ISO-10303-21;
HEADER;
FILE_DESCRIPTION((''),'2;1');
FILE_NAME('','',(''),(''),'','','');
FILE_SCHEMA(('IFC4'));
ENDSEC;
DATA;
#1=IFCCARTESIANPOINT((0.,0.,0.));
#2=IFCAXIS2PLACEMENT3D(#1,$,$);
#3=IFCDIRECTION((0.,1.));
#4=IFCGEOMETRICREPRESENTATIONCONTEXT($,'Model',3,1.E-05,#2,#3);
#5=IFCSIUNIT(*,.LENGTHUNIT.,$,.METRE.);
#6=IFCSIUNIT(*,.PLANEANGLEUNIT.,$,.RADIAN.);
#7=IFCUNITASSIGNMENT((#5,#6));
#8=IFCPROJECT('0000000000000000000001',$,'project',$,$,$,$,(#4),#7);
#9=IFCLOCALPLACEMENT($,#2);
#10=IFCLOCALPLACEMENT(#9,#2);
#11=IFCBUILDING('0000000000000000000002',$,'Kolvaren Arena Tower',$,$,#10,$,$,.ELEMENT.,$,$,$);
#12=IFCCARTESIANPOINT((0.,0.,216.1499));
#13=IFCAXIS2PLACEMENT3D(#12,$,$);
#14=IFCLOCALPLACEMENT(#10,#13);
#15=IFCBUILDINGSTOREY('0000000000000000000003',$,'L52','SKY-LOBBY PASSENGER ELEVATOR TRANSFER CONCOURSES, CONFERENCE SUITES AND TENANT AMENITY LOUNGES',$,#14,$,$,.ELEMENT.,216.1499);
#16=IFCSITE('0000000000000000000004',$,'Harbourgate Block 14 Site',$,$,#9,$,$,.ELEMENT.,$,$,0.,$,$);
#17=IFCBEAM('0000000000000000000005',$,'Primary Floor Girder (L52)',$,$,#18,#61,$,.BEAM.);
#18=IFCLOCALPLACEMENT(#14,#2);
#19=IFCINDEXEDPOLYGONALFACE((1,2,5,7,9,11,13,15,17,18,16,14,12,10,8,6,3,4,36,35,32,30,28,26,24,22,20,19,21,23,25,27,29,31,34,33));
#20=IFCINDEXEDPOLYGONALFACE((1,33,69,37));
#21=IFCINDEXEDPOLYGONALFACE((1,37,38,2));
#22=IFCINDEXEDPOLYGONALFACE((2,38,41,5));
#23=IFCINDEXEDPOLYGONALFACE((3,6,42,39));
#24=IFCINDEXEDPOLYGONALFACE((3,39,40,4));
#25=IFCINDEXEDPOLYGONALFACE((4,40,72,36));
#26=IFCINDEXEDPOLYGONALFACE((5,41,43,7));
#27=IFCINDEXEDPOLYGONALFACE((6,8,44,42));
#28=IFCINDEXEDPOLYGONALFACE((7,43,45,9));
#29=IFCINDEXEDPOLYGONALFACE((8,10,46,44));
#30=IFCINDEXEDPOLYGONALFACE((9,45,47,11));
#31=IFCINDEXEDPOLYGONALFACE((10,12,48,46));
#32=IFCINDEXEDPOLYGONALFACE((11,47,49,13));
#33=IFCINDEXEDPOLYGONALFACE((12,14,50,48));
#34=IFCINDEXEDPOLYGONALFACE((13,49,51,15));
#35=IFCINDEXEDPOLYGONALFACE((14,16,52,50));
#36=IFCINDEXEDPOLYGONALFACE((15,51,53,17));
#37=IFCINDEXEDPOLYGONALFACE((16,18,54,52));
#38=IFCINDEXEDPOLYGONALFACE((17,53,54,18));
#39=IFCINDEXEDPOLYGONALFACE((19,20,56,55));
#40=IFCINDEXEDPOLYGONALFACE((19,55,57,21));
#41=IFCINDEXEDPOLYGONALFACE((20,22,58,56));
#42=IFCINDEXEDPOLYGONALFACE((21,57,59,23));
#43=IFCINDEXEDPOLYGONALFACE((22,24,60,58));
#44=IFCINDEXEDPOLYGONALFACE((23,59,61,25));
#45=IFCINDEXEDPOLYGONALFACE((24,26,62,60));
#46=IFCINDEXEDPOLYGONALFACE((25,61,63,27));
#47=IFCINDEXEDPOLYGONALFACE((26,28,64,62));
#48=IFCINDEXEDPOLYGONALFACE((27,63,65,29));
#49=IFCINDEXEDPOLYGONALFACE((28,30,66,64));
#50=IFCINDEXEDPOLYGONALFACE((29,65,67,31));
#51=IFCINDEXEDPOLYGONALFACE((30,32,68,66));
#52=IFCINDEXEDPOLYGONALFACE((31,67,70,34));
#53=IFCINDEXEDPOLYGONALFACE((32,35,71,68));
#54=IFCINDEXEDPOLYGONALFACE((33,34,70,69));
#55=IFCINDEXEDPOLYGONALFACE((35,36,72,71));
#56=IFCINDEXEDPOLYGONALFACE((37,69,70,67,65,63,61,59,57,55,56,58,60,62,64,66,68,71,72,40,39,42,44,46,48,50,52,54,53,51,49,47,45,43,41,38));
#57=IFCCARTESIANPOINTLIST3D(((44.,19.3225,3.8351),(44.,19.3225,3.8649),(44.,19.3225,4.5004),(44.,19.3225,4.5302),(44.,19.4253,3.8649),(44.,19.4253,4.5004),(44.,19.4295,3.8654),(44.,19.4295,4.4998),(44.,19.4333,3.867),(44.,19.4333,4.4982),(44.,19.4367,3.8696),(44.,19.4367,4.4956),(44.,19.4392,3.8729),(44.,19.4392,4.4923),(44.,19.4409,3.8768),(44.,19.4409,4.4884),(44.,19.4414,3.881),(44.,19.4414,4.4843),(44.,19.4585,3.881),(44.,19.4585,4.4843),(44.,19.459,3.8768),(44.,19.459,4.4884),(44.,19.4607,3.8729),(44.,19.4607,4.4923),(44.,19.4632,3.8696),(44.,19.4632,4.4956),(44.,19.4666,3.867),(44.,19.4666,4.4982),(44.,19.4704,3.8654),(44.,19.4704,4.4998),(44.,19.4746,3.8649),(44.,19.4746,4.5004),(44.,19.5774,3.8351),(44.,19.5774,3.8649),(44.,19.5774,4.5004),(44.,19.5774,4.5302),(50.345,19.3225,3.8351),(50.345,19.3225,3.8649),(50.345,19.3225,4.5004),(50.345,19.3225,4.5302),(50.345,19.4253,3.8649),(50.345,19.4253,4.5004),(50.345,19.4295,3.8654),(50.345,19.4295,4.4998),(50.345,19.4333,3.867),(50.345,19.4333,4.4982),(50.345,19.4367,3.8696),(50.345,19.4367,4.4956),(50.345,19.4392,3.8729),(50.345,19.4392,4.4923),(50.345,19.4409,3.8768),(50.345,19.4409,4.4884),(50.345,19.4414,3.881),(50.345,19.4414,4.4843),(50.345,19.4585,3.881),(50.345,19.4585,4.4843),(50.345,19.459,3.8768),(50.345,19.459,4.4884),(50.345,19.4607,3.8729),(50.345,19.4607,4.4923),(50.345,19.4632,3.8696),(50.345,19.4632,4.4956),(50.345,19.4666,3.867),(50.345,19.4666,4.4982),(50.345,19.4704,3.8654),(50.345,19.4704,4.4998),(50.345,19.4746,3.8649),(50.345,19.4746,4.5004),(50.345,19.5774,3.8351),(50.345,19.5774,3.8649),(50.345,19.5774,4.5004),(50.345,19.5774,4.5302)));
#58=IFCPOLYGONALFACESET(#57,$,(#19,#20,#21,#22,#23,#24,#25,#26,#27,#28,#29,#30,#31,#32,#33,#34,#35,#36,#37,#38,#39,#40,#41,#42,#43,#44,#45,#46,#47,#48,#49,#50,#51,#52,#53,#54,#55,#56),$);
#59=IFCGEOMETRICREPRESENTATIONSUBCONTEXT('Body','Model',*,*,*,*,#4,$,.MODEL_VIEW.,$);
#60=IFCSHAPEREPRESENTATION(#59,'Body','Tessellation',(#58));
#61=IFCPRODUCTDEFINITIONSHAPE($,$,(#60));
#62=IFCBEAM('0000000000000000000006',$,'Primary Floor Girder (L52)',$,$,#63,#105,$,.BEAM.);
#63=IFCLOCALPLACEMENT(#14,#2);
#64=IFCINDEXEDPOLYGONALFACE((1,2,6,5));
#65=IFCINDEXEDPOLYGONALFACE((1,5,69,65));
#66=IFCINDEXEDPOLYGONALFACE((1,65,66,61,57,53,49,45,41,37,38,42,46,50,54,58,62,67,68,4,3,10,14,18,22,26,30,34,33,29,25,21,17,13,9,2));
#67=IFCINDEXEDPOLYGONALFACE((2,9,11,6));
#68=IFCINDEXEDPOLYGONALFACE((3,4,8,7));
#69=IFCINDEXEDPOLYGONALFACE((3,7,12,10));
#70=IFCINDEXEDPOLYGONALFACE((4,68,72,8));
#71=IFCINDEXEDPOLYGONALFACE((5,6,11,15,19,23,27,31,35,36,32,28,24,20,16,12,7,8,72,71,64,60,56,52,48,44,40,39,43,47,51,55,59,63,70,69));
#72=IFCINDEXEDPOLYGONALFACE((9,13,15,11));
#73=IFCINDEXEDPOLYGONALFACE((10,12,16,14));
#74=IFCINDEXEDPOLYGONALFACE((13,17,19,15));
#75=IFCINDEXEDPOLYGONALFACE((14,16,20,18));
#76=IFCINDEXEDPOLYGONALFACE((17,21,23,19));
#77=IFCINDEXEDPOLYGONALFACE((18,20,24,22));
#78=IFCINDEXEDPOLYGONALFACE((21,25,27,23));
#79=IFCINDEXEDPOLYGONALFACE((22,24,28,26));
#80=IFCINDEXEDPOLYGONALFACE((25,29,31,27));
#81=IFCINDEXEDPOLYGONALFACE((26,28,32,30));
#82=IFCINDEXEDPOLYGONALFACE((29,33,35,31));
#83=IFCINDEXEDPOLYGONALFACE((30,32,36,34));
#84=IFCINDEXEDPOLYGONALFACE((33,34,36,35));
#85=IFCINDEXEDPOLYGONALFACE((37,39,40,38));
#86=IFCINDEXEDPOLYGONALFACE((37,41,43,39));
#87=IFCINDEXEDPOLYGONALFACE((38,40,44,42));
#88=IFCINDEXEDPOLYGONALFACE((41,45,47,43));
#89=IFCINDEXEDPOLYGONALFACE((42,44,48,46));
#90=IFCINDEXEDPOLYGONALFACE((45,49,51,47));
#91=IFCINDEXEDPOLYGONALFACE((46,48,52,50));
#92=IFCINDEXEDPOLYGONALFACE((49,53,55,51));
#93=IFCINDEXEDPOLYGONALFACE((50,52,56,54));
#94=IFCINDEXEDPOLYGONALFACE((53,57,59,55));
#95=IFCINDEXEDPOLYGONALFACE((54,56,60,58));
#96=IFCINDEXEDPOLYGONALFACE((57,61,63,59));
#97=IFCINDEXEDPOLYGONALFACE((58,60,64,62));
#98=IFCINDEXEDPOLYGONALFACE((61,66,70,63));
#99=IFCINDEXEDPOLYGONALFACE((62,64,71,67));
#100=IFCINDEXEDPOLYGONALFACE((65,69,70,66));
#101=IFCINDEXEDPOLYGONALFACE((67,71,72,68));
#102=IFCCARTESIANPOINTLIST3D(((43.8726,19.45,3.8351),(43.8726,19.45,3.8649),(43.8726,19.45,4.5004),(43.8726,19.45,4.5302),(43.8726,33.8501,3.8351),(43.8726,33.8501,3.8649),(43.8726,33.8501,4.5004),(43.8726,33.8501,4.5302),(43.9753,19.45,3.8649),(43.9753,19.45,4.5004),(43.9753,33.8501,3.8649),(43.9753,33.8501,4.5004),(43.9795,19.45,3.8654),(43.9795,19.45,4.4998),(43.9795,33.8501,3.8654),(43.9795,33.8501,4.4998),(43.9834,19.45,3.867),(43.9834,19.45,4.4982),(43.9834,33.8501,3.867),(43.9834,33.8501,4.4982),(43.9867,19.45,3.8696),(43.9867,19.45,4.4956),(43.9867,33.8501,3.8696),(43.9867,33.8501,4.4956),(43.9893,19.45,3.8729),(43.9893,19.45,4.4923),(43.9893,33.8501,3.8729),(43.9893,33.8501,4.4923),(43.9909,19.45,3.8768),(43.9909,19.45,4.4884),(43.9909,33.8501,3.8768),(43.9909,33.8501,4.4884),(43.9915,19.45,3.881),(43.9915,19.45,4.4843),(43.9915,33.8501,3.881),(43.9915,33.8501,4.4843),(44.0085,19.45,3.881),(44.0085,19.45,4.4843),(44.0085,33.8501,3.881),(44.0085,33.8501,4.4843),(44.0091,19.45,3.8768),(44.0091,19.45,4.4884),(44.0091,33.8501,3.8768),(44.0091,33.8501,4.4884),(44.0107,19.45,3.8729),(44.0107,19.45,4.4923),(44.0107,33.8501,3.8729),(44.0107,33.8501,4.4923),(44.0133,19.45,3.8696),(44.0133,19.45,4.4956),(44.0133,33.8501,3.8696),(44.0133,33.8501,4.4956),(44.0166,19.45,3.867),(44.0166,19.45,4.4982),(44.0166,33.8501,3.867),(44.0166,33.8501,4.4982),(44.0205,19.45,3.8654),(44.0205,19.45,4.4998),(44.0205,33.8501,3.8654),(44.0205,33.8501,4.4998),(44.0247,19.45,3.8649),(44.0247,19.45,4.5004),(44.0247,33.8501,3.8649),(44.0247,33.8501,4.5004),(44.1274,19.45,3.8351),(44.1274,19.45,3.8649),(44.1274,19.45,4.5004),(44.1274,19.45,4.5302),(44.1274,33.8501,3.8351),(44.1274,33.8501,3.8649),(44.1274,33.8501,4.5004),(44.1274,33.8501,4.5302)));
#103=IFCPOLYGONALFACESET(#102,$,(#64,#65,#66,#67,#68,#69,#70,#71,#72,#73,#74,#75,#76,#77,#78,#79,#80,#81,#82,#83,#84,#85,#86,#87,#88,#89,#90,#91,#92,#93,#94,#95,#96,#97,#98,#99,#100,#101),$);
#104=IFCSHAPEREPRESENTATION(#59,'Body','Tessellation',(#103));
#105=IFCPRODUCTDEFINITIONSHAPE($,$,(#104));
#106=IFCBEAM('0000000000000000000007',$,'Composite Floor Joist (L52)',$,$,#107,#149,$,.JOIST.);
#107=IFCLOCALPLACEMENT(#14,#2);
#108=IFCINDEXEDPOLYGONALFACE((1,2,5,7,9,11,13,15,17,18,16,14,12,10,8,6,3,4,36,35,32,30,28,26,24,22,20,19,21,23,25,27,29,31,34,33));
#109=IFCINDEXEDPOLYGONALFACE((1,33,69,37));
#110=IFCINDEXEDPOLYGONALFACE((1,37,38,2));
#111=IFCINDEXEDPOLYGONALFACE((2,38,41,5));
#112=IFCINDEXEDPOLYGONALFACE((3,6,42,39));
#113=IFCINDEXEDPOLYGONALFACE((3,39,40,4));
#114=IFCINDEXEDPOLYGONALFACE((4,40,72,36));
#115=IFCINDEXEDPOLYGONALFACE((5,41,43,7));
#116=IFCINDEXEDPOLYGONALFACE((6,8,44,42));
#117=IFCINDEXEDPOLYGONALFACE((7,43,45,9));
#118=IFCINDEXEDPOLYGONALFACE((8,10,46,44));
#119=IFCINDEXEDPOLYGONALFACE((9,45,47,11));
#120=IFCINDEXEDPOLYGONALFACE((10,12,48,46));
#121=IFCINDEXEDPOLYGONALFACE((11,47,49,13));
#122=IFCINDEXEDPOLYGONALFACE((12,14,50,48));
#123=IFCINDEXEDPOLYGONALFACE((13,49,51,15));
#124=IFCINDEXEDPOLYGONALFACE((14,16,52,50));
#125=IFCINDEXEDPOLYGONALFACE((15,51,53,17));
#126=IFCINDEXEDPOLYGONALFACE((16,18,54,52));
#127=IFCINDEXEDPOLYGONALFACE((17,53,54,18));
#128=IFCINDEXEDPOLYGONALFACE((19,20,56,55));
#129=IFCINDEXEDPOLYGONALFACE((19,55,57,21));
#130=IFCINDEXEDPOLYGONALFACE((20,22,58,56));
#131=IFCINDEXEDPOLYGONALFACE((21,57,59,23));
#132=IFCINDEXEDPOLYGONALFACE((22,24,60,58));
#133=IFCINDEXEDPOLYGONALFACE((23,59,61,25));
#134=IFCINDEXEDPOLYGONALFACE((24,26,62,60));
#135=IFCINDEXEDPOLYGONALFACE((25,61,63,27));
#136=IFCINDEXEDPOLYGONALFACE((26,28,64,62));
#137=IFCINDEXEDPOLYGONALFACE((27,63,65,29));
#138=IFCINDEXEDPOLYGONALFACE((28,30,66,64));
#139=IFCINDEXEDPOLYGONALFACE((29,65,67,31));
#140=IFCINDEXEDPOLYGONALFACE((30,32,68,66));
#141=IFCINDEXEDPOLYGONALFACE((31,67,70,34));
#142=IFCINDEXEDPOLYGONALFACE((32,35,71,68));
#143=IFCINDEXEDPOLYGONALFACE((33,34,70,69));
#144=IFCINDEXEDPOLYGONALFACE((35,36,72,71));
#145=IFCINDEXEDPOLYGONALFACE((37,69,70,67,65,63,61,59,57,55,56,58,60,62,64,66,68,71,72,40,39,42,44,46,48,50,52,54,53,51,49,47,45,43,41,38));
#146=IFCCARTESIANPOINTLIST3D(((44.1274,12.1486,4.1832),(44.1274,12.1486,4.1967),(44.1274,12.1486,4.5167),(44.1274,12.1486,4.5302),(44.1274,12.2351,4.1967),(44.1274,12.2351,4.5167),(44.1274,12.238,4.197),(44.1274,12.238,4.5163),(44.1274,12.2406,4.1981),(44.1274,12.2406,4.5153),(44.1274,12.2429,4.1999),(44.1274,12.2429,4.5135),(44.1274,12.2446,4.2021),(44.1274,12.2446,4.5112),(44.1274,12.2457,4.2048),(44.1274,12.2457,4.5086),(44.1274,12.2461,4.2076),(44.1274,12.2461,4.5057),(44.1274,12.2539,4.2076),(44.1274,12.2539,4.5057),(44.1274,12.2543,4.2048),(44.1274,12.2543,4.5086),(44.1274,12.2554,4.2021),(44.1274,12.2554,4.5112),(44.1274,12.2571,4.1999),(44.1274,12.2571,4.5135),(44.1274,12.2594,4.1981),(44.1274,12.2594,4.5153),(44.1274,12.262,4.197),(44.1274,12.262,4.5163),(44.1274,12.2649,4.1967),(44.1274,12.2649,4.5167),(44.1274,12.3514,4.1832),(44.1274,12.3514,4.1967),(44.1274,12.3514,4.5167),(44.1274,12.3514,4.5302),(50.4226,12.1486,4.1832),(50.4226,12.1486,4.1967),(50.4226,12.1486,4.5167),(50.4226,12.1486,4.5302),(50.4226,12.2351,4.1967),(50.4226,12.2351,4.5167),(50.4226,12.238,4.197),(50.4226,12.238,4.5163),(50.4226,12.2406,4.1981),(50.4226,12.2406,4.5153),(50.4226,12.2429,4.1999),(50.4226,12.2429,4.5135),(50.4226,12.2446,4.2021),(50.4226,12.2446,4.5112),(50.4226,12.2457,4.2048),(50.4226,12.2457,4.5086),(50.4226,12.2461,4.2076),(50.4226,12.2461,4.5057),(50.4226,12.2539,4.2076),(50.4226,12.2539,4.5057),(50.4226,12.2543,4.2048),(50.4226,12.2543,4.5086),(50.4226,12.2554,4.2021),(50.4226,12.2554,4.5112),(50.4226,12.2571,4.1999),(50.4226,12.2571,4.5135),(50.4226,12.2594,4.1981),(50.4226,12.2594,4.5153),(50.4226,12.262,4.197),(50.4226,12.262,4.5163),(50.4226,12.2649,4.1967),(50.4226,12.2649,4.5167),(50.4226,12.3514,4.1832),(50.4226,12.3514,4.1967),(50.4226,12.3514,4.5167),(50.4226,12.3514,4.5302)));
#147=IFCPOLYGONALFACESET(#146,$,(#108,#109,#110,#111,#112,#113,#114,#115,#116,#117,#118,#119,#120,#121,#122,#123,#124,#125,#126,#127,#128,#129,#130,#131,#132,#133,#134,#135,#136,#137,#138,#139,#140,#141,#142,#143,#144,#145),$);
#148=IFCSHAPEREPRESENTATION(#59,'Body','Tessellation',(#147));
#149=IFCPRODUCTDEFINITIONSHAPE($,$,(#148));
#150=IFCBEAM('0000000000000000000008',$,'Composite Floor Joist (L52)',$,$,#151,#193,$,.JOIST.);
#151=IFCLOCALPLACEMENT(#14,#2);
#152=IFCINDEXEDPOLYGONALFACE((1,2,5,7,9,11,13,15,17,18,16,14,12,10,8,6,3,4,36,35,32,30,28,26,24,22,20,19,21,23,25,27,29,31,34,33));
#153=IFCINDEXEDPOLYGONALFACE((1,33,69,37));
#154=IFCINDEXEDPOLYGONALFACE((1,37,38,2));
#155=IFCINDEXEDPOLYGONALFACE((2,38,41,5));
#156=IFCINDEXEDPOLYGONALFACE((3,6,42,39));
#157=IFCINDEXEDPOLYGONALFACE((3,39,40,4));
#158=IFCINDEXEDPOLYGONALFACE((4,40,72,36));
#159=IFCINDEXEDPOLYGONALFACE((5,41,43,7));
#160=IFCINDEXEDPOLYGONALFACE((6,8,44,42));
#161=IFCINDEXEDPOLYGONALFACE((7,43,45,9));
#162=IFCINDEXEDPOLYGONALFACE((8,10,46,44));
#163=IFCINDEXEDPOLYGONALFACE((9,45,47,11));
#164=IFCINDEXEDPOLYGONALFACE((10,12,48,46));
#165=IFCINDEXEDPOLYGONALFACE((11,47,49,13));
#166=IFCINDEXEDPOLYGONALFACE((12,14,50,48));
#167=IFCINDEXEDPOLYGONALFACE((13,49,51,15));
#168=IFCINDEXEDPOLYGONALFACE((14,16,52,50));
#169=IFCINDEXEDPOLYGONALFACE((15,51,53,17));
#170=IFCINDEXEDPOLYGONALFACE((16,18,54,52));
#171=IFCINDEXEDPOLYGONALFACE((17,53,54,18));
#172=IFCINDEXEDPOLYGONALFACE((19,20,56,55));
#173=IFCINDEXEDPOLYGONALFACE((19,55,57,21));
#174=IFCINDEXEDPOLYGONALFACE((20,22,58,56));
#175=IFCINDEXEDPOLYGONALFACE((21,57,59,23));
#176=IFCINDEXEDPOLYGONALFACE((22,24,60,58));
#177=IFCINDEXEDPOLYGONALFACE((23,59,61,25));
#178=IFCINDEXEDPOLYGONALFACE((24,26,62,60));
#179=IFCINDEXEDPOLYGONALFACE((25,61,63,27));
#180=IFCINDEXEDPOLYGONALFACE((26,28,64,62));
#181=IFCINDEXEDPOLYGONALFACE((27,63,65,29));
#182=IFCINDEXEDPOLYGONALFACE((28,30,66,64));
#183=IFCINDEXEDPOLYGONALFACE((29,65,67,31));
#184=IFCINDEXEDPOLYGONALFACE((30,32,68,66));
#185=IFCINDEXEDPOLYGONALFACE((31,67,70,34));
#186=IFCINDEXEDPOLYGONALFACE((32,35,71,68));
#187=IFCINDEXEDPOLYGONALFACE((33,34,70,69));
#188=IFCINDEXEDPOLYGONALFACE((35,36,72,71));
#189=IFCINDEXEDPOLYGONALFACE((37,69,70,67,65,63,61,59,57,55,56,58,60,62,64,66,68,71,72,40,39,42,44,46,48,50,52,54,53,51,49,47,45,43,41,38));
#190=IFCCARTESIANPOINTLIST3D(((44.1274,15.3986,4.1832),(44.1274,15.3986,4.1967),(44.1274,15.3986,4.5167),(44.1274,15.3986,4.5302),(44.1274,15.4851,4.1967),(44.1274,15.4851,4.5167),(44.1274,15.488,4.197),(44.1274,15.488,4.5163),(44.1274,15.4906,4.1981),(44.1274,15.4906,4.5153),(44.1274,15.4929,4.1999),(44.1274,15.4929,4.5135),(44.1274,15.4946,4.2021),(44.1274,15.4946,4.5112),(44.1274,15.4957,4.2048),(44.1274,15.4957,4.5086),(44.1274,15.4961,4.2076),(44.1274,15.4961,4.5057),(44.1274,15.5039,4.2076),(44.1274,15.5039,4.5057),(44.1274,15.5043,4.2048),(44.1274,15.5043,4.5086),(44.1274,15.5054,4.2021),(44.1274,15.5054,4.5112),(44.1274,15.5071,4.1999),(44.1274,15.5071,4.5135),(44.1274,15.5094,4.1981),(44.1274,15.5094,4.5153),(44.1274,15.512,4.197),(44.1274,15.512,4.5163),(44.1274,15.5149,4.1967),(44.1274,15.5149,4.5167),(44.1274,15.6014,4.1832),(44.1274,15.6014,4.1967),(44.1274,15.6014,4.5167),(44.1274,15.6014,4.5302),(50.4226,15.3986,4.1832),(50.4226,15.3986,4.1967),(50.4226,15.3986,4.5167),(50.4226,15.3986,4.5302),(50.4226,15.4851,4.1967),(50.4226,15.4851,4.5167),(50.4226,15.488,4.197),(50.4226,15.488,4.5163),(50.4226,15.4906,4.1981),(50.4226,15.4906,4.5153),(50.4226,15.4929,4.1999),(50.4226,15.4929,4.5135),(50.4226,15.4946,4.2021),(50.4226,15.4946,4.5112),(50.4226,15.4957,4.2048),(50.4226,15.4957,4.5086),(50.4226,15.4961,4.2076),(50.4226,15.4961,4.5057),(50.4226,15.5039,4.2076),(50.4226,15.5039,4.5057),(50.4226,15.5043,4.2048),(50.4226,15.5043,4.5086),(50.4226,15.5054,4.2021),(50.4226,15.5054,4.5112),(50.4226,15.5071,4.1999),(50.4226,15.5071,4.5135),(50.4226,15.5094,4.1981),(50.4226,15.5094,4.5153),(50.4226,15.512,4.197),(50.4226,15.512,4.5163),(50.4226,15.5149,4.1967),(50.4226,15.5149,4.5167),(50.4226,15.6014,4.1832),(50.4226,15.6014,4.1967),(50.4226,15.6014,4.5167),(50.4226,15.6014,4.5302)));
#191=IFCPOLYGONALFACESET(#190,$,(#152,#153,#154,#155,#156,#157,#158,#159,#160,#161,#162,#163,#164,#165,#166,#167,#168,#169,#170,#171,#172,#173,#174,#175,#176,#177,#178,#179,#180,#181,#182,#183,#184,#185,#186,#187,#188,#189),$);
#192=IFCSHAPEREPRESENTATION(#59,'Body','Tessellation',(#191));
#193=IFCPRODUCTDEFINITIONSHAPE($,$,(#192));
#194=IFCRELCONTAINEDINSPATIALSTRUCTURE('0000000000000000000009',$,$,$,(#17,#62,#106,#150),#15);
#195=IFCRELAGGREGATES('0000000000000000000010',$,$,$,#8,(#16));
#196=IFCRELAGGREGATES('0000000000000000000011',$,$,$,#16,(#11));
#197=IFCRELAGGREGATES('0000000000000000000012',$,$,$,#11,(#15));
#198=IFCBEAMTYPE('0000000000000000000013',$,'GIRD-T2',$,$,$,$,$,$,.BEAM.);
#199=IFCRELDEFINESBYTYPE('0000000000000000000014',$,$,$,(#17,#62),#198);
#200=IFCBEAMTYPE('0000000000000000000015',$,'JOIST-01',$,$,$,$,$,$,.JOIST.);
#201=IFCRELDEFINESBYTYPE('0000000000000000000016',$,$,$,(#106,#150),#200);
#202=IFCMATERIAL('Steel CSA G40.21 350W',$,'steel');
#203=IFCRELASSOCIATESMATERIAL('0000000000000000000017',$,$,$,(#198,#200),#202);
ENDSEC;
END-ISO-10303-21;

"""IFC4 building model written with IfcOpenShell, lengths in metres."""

from ifc_helpers import new_model, si_unit, direction, frame, origin, origin_2d, place, context, subcontext, project, spatial, i_section, extrude, material, material_profile, profile_set, type_object, element, save


model = new_model("IFC4")

# Units and contexts
model_context = context("Model", 3, precision=1e-05, world=origin(), true_north=direction((0.0, 1.0)))
body_context = subcontext(model_context, "Body", "Model", "MODEL_VIEW")
ifc_project = project(units=[si_unit("LENGTHUNIT", "METRE"), si_unit("PLANEANGLEUNIT", "RADIAN")], contexts=[model_context])

# Site, building, storey
site_placement = place(None, origin())
site = spatial("IfcSite", under=ifc_project, at=site_placement, Name="Harbourgate Block 14 Site", CompositionType="ELEMENT", RefElevation=0.0)
building_placement = place(site_placement, origin())
building = spatial("IfcBuilding", under=site, at=building_placement, Name="Kolvaren Arena Tower", CompositionType="ELEMENT")
storey_placement = place(building_placement, frame((0.0, 0.0, 216.1499)))
storey = spatial("IfcBuildingStorey", under=building, at=storey_placement, Name="L52", Description="SKY-LOBBY PASSENGER ELEVATOR TRANSFER CONCOURSES, CONFERENCE SUITES AND TENANT AMENITY LOUNGES", CompositionType="ELEMENT", Elevation=216.1499)

# Beams
ifc_material_1 = material(Name="Steel CSA G40.21 350W", Category="steel")
ifc_material_profile_1 = material_profile(ifc_material_1, i_section(OverallWidth=0.2549, OverallDepth=0.6951, WebThickness=0.0171, FlangeThickness=0.0298, FilletRadius=0.0161, at=origin_2d()), Name="W690x217")
ifc_profile_set_1 = profile_set([ifc_material_profile_1], Name="Steel CSA G40.21 350W")
beam_type_1 = type_object("IfcBeamType", Name="GIRD-T2", PredefinedType="BEAM", material=ifc_profile_set_1)
beam_1_placement = place(storey_placement, frame((44.0, 19.45, 4.1826), z_axis=(1.0, 0.0, 0.0), x_axis=(0.0, 1.0, 0.0)))
element("IfcBeam", 1, at=beam_1_placement, inside=storey, type_object=beam_type_1, Name="Primary Floor Girder (L52)", PredefinedType="BEAM", context=body_context, shape_type="SweptSolid", body=[
    extrude(i_section(OverallWidth=0.2549, OverallDepth=0.6951, WebThickness=0.0171, FlangeThickness=0.0298, FilletRadius=0.0161, at=origin_2d()), origin(), (0.0, 0.0, 1.0), 6.345),
])
beam_2_placement = place(storey_placement, frame((44.0, 19.45, 4.1826), z_axis=(0.0, 1.0, 0.0), x_axis=(-1.0, 0.0, 0.0)))
element("IfcBeam", 2, at=beam_2_placement, inside=storey, type_object=beam_type_1, Name="Primary Floor Girder (L52)", PredefinedType="BEAM", context=body_context, shape_type="SweptSolid", body=[
    extrude(i_section(OverallWidth=0.2549, OverallDepth=0.6951, WebThickness=0.0171, FlangeThickness=0.0298, FilletRadius=0.0161, at=origin_2d()), origin(), (0.0, 0.0, 1.0), 14.4001),
])
ifc_material_profile_2 = material_profile(ifc_material_1, i_section(OverallWidth=0.2029, OverallDepth=0.3469, WebThickness=0.0078, FlangeThickness=0.0134, FilletRadius=0.011, at=origin_2d()), Name="W360x64")
ifc_profile_set_2 = profile_set([ifc_material_profile_2], Name="Steel CSA G40.21 350W")
beam_type_2 = type_object("IfcBeamType", Name="JOIST-01", PredefinedType="JOIST", material=ifc_profile_set_2)
for number, where, z_axis, x_axis, name in (
    (3, (44.1274, 12.25, 4.3567), (1.0, 0.0, 0.0), (0.0, 1.0, 0.0), "Composite Floor Joist (L52)"),
    (4, (44.1274, 15.5, 4.3567), (1.0, 0.0, 0.0), (0.0, 1.0, 0.0), "Composite Floor Joist (L52)"),
):
    element("IfcBeam", number, at=place(storey_placement, frame(where, z_axis=z_axis, x_axis=x_axis)), inside=storey, type_object=beam_type_2, Name=name, PredefinedType="JOIST", context=body_context, shape_type="SweptSolid", body=[
        extrude(i_section(OverallWidth=0.2029, OverallDepth=0.3469, WebThickness=0.0078, FlangeThickness=0.0134, FilletRadius=0.011, at=origin_2d()), origin(), (0.0, 0.0, 1.0), 6.2952),
    ])

save(model, "model.ifc")
